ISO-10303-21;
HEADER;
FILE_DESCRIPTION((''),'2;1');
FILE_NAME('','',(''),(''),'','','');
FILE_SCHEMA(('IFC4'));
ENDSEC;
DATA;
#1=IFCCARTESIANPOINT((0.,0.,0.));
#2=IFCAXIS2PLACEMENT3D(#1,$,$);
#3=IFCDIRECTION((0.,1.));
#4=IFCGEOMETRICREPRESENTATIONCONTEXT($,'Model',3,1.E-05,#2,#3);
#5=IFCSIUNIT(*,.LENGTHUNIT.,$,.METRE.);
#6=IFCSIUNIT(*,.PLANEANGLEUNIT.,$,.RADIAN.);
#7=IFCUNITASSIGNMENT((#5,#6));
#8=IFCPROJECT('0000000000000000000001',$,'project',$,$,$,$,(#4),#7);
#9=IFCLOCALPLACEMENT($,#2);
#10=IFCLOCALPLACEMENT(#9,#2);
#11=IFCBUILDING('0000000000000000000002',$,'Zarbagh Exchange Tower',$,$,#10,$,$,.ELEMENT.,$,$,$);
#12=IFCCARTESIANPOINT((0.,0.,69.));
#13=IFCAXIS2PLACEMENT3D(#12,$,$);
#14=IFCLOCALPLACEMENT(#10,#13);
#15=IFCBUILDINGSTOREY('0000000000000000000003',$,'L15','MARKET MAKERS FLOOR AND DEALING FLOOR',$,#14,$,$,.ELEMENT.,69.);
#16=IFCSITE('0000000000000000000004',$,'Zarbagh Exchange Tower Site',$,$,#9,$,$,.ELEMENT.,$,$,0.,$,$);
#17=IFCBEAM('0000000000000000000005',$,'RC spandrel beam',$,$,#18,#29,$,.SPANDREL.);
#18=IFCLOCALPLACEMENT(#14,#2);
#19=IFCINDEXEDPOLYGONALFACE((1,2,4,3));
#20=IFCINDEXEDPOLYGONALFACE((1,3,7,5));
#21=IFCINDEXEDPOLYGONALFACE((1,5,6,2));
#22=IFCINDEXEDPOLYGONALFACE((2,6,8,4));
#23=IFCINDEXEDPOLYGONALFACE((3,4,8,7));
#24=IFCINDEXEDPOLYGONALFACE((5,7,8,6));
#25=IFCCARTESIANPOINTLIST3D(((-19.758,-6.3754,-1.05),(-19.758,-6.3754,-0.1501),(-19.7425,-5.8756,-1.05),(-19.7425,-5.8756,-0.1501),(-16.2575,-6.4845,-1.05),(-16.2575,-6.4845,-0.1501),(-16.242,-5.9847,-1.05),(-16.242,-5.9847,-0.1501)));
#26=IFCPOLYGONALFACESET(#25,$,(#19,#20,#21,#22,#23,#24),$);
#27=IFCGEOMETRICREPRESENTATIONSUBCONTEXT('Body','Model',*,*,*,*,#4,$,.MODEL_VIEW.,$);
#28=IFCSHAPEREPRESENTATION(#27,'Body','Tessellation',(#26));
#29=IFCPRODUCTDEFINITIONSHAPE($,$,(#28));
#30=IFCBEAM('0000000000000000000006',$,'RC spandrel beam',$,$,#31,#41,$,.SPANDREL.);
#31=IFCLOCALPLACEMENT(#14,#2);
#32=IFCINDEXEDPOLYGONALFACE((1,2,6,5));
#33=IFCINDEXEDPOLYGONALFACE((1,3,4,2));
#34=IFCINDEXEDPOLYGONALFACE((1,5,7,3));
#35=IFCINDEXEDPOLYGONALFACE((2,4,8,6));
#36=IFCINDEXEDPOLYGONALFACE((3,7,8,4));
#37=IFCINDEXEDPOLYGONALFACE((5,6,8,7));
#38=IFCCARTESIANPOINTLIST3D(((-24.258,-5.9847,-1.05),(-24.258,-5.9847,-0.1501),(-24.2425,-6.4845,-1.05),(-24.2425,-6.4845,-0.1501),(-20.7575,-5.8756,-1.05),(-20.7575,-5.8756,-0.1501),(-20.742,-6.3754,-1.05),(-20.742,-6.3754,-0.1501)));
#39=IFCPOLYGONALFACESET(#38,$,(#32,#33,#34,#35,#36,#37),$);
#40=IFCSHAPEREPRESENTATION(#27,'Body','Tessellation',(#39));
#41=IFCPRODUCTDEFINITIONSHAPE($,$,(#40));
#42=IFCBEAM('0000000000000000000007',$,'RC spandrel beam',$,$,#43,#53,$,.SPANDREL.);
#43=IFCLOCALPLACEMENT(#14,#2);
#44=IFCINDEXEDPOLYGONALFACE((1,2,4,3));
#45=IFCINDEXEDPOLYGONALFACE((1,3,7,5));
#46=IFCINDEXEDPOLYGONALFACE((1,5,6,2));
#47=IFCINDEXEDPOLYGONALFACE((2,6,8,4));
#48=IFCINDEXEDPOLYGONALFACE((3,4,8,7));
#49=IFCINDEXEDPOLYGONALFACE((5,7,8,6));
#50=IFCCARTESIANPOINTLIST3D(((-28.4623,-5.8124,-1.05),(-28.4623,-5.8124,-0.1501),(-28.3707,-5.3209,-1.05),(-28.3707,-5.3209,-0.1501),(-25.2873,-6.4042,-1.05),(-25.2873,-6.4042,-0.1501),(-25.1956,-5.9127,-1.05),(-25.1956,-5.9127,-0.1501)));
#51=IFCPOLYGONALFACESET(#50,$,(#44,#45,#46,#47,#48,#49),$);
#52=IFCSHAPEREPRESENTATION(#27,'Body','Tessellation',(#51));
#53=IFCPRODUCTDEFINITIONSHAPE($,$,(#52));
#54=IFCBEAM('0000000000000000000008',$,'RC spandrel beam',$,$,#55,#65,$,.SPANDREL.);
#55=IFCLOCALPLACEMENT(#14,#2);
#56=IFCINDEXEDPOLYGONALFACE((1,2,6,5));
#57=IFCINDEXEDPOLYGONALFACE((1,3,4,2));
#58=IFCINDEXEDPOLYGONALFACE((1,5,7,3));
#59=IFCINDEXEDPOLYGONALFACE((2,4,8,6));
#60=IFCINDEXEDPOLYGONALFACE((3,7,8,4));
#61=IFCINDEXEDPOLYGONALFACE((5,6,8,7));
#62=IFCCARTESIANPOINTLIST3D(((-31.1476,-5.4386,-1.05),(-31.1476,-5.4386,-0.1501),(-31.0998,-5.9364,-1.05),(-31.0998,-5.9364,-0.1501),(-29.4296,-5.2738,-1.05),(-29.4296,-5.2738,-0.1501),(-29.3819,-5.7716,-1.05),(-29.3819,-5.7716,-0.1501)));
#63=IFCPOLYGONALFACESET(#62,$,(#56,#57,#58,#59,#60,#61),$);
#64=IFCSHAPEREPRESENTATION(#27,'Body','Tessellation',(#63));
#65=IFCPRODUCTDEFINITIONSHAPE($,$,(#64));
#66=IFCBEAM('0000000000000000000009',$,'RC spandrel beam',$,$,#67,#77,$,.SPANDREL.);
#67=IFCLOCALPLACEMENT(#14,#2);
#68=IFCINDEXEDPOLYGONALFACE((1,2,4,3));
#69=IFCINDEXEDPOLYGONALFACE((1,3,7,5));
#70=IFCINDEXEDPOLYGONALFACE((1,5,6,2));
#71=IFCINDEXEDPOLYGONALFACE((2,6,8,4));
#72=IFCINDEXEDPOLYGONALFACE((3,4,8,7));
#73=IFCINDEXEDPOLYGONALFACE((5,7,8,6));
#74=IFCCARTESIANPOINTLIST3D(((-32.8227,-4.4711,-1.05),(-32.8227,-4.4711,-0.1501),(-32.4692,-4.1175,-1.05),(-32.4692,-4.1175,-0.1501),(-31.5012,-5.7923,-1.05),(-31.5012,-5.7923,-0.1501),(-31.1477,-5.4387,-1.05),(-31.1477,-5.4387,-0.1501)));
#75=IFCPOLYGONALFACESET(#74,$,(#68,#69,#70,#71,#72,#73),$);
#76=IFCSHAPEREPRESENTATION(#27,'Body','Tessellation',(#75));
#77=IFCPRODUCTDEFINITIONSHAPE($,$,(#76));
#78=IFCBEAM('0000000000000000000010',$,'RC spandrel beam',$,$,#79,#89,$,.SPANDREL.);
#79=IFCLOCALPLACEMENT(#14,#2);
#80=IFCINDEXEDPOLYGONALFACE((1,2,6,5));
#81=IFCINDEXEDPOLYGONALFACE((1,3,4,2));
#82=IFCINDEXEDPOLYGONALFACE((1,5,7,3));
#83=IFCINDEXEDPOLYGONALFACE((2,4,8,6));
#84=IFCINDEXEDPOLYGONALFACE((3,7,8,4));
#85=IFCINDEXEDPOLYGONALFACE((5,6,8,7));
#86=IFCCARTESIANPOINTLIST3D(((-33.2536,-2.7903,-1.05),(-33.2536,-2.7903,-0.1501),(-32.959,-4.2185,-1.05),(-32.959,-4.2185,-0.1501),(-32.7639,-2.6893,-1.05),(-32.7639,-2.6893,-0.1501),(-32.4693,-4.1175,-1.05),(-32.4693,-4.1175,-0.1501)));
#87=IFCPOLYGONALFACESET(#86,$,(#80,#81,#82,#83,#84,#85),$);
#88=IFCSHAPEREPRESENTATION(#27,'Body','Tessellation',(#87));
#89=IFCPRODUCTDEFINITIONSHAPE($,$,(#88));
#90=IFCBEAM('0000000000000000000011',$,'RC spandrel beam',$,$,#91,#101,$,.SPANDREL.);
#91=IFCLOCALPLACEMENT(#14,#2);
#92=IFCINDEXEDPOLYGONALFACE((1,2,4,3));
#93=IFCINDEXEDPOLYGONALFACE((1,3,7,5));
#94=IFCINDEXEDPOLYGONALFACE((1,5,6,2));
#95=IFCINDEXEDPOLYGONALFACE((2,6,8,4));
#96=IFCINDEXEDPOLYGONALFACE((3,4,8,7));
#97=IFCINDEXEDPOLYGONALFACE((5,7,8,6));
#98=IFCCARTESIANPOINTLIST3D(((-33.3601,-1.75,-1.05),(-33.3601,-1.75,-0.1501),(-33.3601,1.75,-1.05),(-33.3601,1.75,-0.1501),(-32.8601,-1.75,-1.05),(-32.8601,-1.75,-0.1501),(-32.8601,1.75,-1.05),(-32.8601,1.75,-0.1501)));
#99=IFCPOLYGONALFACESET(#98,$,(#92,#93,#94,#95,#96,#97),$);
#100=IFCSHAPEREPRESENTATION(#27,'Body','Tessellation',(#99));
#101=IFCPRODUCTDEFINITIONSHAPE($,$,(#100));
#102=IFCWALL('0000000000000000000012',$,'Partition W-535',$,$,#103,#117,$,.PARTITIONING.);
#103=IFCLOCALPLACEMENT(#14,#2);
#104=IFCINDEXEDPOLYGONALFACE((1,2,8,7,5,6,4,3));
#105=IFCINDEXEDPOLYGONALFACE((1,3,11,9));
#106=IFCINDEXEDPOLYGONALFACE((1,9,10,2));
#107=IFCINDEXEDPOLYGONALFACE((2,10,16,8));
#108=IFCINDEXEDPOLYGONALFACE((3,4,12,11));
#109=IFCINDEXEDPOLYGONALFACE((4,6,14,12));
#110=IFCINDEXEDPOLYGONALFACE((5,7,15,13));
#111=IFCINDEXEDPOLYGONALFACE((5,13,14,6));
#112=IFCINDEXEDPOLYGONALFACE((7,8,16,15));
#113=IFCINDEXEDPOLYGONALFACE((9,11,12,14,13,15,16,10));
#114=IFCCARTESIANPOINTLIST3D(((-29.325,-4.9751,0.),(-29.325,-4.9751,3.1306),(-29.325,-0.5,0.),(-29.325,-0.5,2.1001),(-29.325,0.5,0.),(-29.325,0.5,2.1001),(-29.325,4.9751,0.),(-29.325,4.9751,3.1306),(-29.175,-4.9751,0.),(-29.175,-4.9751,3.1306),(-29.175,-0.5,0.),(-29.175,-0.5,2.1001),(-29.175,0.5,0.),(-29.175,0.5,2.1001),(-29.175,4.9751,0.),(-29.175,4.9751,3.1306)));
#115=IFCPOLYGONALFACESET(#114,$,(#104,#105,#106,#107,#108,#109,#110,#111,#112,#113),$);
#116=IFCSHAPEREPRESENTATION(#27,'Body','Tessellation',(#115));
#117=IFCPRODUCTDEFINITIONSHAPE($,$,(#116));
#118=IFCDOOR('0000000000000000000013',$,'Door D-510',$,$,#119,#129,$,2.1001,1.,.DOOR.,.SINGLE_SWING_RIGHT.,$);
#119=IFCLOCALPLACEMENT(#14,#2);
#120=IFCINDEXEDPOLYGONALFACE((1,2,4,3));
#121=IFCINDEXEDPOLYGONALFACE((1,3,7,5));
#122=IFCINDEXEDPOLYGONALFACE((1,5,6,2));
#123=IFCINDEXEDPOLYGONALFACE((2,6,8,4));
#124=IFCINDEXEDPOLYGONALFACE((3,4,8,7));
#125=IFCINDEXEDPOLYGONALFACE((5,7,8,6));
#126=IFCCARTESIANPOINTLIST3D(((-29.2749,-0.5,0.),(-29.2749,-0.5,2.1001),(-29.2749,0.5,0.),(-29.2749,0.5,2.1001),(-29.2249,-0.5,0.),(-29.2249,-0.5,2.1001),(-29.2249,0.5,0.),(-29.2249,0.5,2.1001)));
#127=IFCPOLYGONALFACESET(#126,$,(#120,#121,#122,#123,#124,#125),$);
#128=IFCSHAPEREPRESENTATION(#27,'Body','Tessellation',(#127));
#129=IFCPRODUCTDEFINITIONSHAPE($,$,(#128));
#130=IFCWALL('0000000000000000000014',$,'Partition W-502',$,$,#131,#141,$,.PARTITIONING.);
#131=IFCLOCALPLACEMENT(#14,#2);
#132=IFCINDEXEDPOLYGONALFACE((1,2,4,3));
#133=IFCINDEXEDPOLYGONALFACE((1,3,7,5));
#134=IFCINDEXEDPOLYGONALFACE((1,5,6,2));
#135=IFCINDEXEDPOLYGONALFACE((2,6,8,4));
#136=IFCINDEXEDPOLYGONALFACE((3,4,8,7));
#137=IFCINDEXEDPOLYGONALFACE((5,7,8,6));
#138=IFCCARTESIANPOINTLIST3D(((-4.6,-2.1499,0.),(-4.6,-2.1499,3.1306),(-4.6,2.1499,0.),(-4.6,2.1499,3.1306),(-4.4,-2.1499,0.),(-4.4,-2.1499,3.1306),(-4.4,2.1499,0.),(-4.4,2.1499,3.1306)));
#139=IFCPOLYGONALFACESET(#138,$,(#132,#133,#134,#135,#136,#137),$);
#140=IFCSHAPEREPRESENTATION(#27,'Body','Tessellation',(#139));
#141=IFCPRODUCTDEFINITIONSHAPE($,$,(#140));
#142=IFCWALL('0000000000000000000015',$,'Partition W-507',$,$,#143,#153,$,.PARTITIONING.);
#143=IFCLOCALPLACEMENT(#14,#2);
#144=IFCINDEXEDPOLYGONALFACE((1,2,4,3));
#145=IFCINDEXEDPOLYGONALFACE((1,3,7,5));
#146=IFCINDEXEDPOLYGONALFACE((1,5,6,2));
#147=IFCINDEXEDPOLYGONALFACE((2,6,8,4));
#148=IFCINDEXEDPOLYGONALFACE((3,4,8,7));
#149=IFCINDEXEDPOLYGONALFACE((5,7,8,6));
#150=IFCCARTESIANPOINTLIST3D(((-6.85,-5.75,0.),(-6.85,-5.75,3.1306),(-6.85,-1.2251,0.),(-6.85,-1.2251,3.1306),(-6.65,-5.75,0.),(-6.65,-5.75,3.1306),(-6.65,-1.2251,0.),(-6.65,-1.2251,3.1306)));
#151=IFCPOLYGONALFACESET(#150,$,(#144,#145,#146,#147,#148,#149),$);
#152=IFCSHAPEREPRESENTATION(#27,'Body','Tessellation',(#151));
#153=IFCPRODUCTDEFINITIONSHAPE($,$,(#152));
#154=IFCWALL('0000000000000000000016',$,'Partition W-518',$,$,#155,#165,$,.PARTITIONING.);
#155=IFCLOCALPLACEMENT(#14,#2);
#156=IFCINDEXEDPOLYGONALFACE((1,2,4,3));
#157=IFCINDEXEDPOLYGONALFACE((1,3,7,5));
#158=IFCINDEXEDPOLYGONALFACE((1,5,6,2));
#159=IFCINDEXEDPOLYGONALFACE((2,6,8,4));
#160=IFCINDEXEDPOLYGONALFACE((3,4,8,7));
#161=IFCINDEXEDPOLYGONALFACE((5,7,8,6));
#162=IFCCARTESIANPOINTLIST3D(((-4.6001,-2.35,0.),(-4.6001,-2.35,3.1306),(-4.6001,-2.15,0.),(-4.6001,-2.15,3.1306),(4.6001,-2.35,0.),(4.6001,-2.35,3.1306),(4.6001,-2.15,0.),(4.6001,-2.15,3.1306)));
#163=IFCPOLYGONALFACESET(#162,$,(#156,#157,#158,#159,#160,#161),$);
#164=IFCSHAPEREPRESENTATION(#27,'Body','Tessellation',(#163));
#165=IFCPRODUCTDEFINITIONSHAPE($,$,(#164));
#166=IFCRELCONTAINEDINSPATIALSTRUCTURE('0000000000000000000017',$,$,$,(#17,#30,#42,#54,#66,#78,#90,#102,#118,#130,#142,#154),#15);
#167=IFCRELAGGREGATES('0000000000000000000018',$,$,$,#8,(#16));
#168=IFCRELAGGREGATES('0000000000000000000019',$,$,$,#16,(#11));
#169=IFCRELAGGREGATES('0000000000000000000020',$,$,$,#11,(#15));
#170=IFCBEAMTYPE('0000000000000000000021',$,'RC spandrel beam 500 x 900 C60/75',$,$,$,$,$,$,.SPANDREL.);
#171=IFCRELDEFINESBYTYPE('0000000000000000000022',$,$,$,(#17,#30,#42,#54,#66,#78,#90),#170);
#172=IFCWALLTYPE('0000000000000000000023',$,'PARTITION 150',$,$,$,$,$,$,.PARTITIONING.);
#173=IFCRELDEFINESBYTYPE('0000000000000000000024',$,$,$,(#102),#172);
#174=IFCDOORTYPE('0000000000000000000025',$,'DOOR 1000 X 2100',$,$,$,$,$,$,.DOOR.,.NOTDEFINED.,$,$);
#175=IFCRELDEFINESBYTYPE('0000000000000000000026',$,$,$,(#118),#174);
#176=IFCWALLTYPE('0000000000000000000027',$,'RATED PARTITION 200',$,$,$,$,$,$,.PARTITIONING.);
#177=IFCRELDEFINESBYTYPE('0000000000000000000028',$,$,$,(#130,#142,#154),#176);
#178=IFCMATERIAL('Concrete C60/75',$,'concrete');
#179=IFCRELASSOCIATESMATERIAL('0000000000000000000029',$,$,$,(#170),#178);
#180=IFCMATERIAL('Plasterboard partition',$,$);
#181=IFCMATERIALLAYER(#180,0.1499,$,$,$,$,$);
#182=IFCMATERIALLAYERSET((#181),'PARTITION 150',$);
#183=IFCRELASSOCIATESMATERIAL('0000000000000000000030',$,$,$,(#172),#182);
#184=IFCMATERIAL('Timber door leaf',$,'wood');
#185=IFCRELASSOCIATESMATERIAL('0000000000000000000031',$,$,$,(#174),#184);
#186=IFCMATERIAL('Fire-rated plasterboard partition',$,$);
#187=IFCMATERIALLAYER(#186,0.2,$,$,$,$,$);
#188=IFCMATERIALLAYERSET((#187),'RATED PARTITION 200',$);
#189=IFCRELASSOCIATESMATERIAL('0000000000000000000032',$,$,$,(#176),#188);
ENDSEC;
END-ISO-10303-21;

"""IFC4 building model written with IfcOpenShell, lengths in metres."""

from ifc_helpers import new_model, si_unit, direction, frame, frame_2d, origin, origin_2d, place, context, subcontext, project, spatial, rectangle, extrude, material, layer, layer_set, material_profile, profile_set, type_object, element, fill, save


model = new_model("IFC4")

# Units and contexts
model_context = context("Model", 3, precision=1e-05, world=origin(), true_north=direction((0.0, 1.0)))
body_context = subcontext(model_context, "Body", "Model", "MODEL_VIEW")
ifc_project = project(units=[si_unit("LENGTHUNIT", "METRE"), si_unit("PLANEANGLEUNIT", "RADIAN")], contexts=[model_context])

# Site, building, storey
site_placement = place(None, origin())
site = spatial("IfcSite", under=ifc_project, at=site_placement, Name="Zarbagh Exchange Tower Site", CompositionType="ELEMENT", RefElevation=0.0)
building_placement = place(site_placement, origin())
building = spatial("IfcBuilding", under=site, at=building_placement, Name="Zarbagh Exchange Tower", CompositionType="ELEMENT")
storey_placement = place(building_placement, frame((0.0, 0.0, 69.0)))
storey = spatial("IfcBuildingStorey", under=building, at=storey_placement, Name="L15", Description="MARKET MAKERS FLOOR AND DEALING FLOOR", CompositionType="ELEMENT", Elevation=69.0)

# Shared definitions
ifc_material_1 = material(Name="Concrete C60/75", Category="concrete")

# Beams
ifc_material_profile_1 = material_profile(ifc_material_1, rectangle(XDim=0.5, YDim=0.8999, at=origin_2d()), Name="RC spandrel beam 500 x 900 C60/75")
ifc_profile_set_1 = profile_set([ifc_material_profile_1], Name="Concrete C60/75")
beam_type_1 = type_object("IfcBeamType", Name="RC spandrel beam 500 x 900 C60/75", PredefinedType="SPANDREL", material=ifc_profile_set_1)
for number, where, z_axis, x_axis, name in (
    (1, (-16.2498, -6.2346, -0.6001), (-0.999514, 0.031161, 0.0), (-0.031161, -0.999514, 0.0), "RC spandrel beam"),
    (2, (-20.7498, -6.1255, -0.6001), (-0.999514, -0.031161, 0.0), (0.031161, -0.999514, 0.0), "RC spandrel beam"),
):
    element("IfcBeam", number, at=place(storey_placement, frame(where, z_axis=z_axis, x_axis=x_axis)), inside=storey, type_object=beam_type_1, Name=name, PredefinedType="SPANDREL", context=body_context, shape_type="SweptSolid", body=[
        extrude(rectangle(XDim=0.5, YDim=0.8999, at=origin_2d()), origin(), (0.0, 0.0, 1.0), 3.5022),
    ])
beam_1_placement = place(storey_placement, frame((-25.2415, -6.1584, -0.6001), z_axis=(-0.983069, 0.183234, 0.0), x_axis=(-0.183234, -0.983069, 0.0)))
element("IfcBeam", 3, at=beam_1_placement, inside=storey, type_object=beam_type_1, Name="RC spandrel beam", PredefinedType="SPANDREL", context=body_context, shape_type="SweptSolid", body=[
    extrude(rectangle(XDim=0.5, YDim=0.8999, at=origin_2d()), origin(), (0.0, 0.0, 1.0), 3.2297),
])
beam_2_placement = place(storey_placement, frame((-29.4058, -5.5227, -0.6001), z_axis=(-0.995431, -0.095483, 0.0), x_axis=(0.095483, -0.995431, 0.0)))
element("IfcBeam", 4, at=beam_2_placement, inside=storey, type_object=beam_type_1, Name="RC spandrel beam", PredefinedType="SPANDREL", context=body_context, shape_type="SweptSolid", body=[
    extrude(rectangle(XDim=0.5, YDim=0.8999, at=origin_2d()), origin(), (0.0, 0.0, 1.0), 1.7258),
])
beam_3_placement = place(storey_placement, frame((-31.3245, -5.6155, -0.6001), z_axis=(-0.707172, 0.707041, 0.0), x_axis=(-0.707041, -0.707172, 0.0)))
element("IfcBeam", 5, at=beam_3_placement, inside=storey, type_object=beam_type_1, Name="RC spandrel beam", PredefinedType="SPANDREL", context=body_context, shape_type="SweptSolid", body=[
    extrude(rectangle(XDim=0.5, YDim=0.8999, at=origin_2d()), origin(), (0.0, 0.0, 1.0), 1.8687),
])
beam_4_placement = place(storey_placement, frame((-32.7141, -4.168, -0.6001), z_axis=(-0.202069, 0.979371, 0.0), x_axis=(-0.979371, -0.202069, 0.0)))
element("IfcBeam", 6, at=beam_4_placement, inside=storey, type_object=beam_type_1, Name="RC spandrel beam", PredefinedType="SPANDREL", context=body_context, shape_type="SweptSolid", body=[
    extrude(rectangle(XDim=0.5, YDim=0.8999, at=origin_2d()), origin(), (0.0, 0.0, 1.0), 1.4583),
])
beam_5_placement = place(storey_placement, frame((-33.1101, -1.75, -0.6001), z_axis=(0.0, 1.0, 0.0), x_axis=(-1.0, 0.0, 0.0)))
element("IfcBeam", 7, at=beam_5_placement, inside=storey, type_object=beam_type_1, Name="RC spandrel beam", PredefinedType="SPANDREL", context=body_context, shape_type="SweptSolid", body=[
    extrude(rectangle(XDim=0.5, YDim=0.8999, at=origin_2d()), origin(), (0.0, 0.0, 1.0), 3.5),
])

# Wall, opening, door
ifc_material_2 = material(Name="Plasterboard partition")
ifc_layer_1 = layer(ifc_material_2, 0.1499)
ifc_layer_set_1 = layer_set([ifc_layer_1], Name="PARTITION 150")
wall_type_1 = type_object("IfcWallType", Name="PARTITION 150", PredefinedType="PARTITIONING", material=ifc_layer_set_1)
wall_1_placement = place(storey_placement, frame((-29.25, -4.9751, 0.0), z_axis=(0.0, 0.0, 1.0), x_axis=(0.0, 1.0, 0.0)))
wall_1 = element("IfcWall", 8, at=wall_1_placement, inside=storey, type_object=wall_type_1, Name="Partition W-535", PredefinedType="PARTITIONING", context=body_context, shape_type="SweptSolid", body=[
    extrude(rectangle(XDim=9.9502, YDim=0.1499, at=frame_2d((4.9751, 0.0))), origin(), (0.0, 0.0, 1.0), 3.1306),
])
opening_1_placement = place(wall_1_placement, frame((4.4751, 0.0, 0.0)))
opening_1 = element("IfcOpeningElement", 9, at=opening_1_placement, cuts=wall_1, PredefinedType="OPENING", context=body_context, shape_type="SweptSolid", body=[
    extrude(rectangle(XDim=1.0, YDim=2.1001, at=frame_2d((0.5, 1.05))), frame((0.0, 0.085, 0.0), z_axis=(0.0, -1.0, 0.0), x_axis=(1.0, 0.0, 0.0)), (0.0, 0.0, 1.0), 0.1699),
])
ifc_material_3 = material(Name="Timber door leaf", Category="wood")
door_type_1 = type_object("IfcDoorType", Name="DOOR 1000 X 2100", OperationType="NOTDEFINED", PredefinedType="DOOR", material=ifc_material_3)
door_1_placement = place(opening_1_placement, origin())
door_1 = element("IfcDoor", 10, at=door_1_placement, inside=storey, type_object=door_type_1, Name="Door D-510", OperationType="SINGLE_SWING_RIGHT", OverallHeight=2.1001, OverallWidth=1.0, PredefinedType="DOOR", context=body_context, shape_type="SweptSolid", body=[
    extrude(rectangle(XDim=1.0, YDim=2.1001, at=frame_2d((0.5, 1.05))), frame((0.0, 0.0249, 0.0), z_axis=(0.0, -1.0, 0.0), x_axis=(1.0, 0.0, 0.0)), (0.0, 0.0, 1.0), 0.05),
])
fill(opening_1, door_1)

# Walls
ifc_material_4 = material(Name="Fire-rated plasterboard partition")
ifc_layer_2 = layer(ifc_material_4, 0.2)
ifc_layer_set_2 = layer_set([ifc_layer_2], Name="RATED PARTITION 200")
wall_type_2 = type_object("IfcWallType", Name="RATED PARTITION 200", PredefinedType="PARTITIONING", material=ifc_layer_set_2)
wall_2_placement = place(storey_placement, frame((-4.5, -2.1499, 0.0), z_axis=(0.0, 0.0, 1.0), x_axis=(0.0, 1.0, 0.0)))
element("IfcWall", 11, at=wall_2_placement, inside=storey, type_object=wall_type_2, Name="Partition W-502", PredefinedType="PARTITIONING", context=body_context, shape_type="SweptSolid", body=[
    extrude(rectangle(XDim=4.2998, YDim=0.2, at=frame_2d((2.1499, 0.0))), origin(), (0.0, 0.0, 1.0), 3.1306),
])
wall_3_placement = place(storey_placement, frame((-6.75, -5.75, 0.0), z_axis=(0.0, 0.0, 1.0), x_axis=(0.0, 1.0, 0.0)))
element("IfcWall", 12, at=wall_3_placement, inside=storey, type_object=wall_type_2, Name="Partition W-507", PredefinedType="PARTITIONING", context=body_context, shape_type="SweptSolid", body=[
    extrude(rectangle(XDim=4.5249, YDim=0.2, at=frame_2d((2.2625, 0.0))), origin(), (0.0, 0.0, 1.0), 3.1306),
])
wall_4_placement = place(storey_placement, frame((-4.6001, -2.25, 0.0), z_axis=(0.0, 0.0, 1.0), x_axis=(1.0, 0.0, 0.0)))
element("IfcWall", 13, at=wall_4_placement, inside=storey, type_object=wall_type_2, Name="Partition W-518", PredefinedType="PARTITIONING", context=body_context, shape_type="SweptSolid", body=[
    extrude(rectangle(XDim=9.2002, YDim=0.2, at=frame_2d((4.6001, 0.0))), origin(), (0.0, 0.0, 1.0), 3.1306),
])

save(model, "model.ifc")
